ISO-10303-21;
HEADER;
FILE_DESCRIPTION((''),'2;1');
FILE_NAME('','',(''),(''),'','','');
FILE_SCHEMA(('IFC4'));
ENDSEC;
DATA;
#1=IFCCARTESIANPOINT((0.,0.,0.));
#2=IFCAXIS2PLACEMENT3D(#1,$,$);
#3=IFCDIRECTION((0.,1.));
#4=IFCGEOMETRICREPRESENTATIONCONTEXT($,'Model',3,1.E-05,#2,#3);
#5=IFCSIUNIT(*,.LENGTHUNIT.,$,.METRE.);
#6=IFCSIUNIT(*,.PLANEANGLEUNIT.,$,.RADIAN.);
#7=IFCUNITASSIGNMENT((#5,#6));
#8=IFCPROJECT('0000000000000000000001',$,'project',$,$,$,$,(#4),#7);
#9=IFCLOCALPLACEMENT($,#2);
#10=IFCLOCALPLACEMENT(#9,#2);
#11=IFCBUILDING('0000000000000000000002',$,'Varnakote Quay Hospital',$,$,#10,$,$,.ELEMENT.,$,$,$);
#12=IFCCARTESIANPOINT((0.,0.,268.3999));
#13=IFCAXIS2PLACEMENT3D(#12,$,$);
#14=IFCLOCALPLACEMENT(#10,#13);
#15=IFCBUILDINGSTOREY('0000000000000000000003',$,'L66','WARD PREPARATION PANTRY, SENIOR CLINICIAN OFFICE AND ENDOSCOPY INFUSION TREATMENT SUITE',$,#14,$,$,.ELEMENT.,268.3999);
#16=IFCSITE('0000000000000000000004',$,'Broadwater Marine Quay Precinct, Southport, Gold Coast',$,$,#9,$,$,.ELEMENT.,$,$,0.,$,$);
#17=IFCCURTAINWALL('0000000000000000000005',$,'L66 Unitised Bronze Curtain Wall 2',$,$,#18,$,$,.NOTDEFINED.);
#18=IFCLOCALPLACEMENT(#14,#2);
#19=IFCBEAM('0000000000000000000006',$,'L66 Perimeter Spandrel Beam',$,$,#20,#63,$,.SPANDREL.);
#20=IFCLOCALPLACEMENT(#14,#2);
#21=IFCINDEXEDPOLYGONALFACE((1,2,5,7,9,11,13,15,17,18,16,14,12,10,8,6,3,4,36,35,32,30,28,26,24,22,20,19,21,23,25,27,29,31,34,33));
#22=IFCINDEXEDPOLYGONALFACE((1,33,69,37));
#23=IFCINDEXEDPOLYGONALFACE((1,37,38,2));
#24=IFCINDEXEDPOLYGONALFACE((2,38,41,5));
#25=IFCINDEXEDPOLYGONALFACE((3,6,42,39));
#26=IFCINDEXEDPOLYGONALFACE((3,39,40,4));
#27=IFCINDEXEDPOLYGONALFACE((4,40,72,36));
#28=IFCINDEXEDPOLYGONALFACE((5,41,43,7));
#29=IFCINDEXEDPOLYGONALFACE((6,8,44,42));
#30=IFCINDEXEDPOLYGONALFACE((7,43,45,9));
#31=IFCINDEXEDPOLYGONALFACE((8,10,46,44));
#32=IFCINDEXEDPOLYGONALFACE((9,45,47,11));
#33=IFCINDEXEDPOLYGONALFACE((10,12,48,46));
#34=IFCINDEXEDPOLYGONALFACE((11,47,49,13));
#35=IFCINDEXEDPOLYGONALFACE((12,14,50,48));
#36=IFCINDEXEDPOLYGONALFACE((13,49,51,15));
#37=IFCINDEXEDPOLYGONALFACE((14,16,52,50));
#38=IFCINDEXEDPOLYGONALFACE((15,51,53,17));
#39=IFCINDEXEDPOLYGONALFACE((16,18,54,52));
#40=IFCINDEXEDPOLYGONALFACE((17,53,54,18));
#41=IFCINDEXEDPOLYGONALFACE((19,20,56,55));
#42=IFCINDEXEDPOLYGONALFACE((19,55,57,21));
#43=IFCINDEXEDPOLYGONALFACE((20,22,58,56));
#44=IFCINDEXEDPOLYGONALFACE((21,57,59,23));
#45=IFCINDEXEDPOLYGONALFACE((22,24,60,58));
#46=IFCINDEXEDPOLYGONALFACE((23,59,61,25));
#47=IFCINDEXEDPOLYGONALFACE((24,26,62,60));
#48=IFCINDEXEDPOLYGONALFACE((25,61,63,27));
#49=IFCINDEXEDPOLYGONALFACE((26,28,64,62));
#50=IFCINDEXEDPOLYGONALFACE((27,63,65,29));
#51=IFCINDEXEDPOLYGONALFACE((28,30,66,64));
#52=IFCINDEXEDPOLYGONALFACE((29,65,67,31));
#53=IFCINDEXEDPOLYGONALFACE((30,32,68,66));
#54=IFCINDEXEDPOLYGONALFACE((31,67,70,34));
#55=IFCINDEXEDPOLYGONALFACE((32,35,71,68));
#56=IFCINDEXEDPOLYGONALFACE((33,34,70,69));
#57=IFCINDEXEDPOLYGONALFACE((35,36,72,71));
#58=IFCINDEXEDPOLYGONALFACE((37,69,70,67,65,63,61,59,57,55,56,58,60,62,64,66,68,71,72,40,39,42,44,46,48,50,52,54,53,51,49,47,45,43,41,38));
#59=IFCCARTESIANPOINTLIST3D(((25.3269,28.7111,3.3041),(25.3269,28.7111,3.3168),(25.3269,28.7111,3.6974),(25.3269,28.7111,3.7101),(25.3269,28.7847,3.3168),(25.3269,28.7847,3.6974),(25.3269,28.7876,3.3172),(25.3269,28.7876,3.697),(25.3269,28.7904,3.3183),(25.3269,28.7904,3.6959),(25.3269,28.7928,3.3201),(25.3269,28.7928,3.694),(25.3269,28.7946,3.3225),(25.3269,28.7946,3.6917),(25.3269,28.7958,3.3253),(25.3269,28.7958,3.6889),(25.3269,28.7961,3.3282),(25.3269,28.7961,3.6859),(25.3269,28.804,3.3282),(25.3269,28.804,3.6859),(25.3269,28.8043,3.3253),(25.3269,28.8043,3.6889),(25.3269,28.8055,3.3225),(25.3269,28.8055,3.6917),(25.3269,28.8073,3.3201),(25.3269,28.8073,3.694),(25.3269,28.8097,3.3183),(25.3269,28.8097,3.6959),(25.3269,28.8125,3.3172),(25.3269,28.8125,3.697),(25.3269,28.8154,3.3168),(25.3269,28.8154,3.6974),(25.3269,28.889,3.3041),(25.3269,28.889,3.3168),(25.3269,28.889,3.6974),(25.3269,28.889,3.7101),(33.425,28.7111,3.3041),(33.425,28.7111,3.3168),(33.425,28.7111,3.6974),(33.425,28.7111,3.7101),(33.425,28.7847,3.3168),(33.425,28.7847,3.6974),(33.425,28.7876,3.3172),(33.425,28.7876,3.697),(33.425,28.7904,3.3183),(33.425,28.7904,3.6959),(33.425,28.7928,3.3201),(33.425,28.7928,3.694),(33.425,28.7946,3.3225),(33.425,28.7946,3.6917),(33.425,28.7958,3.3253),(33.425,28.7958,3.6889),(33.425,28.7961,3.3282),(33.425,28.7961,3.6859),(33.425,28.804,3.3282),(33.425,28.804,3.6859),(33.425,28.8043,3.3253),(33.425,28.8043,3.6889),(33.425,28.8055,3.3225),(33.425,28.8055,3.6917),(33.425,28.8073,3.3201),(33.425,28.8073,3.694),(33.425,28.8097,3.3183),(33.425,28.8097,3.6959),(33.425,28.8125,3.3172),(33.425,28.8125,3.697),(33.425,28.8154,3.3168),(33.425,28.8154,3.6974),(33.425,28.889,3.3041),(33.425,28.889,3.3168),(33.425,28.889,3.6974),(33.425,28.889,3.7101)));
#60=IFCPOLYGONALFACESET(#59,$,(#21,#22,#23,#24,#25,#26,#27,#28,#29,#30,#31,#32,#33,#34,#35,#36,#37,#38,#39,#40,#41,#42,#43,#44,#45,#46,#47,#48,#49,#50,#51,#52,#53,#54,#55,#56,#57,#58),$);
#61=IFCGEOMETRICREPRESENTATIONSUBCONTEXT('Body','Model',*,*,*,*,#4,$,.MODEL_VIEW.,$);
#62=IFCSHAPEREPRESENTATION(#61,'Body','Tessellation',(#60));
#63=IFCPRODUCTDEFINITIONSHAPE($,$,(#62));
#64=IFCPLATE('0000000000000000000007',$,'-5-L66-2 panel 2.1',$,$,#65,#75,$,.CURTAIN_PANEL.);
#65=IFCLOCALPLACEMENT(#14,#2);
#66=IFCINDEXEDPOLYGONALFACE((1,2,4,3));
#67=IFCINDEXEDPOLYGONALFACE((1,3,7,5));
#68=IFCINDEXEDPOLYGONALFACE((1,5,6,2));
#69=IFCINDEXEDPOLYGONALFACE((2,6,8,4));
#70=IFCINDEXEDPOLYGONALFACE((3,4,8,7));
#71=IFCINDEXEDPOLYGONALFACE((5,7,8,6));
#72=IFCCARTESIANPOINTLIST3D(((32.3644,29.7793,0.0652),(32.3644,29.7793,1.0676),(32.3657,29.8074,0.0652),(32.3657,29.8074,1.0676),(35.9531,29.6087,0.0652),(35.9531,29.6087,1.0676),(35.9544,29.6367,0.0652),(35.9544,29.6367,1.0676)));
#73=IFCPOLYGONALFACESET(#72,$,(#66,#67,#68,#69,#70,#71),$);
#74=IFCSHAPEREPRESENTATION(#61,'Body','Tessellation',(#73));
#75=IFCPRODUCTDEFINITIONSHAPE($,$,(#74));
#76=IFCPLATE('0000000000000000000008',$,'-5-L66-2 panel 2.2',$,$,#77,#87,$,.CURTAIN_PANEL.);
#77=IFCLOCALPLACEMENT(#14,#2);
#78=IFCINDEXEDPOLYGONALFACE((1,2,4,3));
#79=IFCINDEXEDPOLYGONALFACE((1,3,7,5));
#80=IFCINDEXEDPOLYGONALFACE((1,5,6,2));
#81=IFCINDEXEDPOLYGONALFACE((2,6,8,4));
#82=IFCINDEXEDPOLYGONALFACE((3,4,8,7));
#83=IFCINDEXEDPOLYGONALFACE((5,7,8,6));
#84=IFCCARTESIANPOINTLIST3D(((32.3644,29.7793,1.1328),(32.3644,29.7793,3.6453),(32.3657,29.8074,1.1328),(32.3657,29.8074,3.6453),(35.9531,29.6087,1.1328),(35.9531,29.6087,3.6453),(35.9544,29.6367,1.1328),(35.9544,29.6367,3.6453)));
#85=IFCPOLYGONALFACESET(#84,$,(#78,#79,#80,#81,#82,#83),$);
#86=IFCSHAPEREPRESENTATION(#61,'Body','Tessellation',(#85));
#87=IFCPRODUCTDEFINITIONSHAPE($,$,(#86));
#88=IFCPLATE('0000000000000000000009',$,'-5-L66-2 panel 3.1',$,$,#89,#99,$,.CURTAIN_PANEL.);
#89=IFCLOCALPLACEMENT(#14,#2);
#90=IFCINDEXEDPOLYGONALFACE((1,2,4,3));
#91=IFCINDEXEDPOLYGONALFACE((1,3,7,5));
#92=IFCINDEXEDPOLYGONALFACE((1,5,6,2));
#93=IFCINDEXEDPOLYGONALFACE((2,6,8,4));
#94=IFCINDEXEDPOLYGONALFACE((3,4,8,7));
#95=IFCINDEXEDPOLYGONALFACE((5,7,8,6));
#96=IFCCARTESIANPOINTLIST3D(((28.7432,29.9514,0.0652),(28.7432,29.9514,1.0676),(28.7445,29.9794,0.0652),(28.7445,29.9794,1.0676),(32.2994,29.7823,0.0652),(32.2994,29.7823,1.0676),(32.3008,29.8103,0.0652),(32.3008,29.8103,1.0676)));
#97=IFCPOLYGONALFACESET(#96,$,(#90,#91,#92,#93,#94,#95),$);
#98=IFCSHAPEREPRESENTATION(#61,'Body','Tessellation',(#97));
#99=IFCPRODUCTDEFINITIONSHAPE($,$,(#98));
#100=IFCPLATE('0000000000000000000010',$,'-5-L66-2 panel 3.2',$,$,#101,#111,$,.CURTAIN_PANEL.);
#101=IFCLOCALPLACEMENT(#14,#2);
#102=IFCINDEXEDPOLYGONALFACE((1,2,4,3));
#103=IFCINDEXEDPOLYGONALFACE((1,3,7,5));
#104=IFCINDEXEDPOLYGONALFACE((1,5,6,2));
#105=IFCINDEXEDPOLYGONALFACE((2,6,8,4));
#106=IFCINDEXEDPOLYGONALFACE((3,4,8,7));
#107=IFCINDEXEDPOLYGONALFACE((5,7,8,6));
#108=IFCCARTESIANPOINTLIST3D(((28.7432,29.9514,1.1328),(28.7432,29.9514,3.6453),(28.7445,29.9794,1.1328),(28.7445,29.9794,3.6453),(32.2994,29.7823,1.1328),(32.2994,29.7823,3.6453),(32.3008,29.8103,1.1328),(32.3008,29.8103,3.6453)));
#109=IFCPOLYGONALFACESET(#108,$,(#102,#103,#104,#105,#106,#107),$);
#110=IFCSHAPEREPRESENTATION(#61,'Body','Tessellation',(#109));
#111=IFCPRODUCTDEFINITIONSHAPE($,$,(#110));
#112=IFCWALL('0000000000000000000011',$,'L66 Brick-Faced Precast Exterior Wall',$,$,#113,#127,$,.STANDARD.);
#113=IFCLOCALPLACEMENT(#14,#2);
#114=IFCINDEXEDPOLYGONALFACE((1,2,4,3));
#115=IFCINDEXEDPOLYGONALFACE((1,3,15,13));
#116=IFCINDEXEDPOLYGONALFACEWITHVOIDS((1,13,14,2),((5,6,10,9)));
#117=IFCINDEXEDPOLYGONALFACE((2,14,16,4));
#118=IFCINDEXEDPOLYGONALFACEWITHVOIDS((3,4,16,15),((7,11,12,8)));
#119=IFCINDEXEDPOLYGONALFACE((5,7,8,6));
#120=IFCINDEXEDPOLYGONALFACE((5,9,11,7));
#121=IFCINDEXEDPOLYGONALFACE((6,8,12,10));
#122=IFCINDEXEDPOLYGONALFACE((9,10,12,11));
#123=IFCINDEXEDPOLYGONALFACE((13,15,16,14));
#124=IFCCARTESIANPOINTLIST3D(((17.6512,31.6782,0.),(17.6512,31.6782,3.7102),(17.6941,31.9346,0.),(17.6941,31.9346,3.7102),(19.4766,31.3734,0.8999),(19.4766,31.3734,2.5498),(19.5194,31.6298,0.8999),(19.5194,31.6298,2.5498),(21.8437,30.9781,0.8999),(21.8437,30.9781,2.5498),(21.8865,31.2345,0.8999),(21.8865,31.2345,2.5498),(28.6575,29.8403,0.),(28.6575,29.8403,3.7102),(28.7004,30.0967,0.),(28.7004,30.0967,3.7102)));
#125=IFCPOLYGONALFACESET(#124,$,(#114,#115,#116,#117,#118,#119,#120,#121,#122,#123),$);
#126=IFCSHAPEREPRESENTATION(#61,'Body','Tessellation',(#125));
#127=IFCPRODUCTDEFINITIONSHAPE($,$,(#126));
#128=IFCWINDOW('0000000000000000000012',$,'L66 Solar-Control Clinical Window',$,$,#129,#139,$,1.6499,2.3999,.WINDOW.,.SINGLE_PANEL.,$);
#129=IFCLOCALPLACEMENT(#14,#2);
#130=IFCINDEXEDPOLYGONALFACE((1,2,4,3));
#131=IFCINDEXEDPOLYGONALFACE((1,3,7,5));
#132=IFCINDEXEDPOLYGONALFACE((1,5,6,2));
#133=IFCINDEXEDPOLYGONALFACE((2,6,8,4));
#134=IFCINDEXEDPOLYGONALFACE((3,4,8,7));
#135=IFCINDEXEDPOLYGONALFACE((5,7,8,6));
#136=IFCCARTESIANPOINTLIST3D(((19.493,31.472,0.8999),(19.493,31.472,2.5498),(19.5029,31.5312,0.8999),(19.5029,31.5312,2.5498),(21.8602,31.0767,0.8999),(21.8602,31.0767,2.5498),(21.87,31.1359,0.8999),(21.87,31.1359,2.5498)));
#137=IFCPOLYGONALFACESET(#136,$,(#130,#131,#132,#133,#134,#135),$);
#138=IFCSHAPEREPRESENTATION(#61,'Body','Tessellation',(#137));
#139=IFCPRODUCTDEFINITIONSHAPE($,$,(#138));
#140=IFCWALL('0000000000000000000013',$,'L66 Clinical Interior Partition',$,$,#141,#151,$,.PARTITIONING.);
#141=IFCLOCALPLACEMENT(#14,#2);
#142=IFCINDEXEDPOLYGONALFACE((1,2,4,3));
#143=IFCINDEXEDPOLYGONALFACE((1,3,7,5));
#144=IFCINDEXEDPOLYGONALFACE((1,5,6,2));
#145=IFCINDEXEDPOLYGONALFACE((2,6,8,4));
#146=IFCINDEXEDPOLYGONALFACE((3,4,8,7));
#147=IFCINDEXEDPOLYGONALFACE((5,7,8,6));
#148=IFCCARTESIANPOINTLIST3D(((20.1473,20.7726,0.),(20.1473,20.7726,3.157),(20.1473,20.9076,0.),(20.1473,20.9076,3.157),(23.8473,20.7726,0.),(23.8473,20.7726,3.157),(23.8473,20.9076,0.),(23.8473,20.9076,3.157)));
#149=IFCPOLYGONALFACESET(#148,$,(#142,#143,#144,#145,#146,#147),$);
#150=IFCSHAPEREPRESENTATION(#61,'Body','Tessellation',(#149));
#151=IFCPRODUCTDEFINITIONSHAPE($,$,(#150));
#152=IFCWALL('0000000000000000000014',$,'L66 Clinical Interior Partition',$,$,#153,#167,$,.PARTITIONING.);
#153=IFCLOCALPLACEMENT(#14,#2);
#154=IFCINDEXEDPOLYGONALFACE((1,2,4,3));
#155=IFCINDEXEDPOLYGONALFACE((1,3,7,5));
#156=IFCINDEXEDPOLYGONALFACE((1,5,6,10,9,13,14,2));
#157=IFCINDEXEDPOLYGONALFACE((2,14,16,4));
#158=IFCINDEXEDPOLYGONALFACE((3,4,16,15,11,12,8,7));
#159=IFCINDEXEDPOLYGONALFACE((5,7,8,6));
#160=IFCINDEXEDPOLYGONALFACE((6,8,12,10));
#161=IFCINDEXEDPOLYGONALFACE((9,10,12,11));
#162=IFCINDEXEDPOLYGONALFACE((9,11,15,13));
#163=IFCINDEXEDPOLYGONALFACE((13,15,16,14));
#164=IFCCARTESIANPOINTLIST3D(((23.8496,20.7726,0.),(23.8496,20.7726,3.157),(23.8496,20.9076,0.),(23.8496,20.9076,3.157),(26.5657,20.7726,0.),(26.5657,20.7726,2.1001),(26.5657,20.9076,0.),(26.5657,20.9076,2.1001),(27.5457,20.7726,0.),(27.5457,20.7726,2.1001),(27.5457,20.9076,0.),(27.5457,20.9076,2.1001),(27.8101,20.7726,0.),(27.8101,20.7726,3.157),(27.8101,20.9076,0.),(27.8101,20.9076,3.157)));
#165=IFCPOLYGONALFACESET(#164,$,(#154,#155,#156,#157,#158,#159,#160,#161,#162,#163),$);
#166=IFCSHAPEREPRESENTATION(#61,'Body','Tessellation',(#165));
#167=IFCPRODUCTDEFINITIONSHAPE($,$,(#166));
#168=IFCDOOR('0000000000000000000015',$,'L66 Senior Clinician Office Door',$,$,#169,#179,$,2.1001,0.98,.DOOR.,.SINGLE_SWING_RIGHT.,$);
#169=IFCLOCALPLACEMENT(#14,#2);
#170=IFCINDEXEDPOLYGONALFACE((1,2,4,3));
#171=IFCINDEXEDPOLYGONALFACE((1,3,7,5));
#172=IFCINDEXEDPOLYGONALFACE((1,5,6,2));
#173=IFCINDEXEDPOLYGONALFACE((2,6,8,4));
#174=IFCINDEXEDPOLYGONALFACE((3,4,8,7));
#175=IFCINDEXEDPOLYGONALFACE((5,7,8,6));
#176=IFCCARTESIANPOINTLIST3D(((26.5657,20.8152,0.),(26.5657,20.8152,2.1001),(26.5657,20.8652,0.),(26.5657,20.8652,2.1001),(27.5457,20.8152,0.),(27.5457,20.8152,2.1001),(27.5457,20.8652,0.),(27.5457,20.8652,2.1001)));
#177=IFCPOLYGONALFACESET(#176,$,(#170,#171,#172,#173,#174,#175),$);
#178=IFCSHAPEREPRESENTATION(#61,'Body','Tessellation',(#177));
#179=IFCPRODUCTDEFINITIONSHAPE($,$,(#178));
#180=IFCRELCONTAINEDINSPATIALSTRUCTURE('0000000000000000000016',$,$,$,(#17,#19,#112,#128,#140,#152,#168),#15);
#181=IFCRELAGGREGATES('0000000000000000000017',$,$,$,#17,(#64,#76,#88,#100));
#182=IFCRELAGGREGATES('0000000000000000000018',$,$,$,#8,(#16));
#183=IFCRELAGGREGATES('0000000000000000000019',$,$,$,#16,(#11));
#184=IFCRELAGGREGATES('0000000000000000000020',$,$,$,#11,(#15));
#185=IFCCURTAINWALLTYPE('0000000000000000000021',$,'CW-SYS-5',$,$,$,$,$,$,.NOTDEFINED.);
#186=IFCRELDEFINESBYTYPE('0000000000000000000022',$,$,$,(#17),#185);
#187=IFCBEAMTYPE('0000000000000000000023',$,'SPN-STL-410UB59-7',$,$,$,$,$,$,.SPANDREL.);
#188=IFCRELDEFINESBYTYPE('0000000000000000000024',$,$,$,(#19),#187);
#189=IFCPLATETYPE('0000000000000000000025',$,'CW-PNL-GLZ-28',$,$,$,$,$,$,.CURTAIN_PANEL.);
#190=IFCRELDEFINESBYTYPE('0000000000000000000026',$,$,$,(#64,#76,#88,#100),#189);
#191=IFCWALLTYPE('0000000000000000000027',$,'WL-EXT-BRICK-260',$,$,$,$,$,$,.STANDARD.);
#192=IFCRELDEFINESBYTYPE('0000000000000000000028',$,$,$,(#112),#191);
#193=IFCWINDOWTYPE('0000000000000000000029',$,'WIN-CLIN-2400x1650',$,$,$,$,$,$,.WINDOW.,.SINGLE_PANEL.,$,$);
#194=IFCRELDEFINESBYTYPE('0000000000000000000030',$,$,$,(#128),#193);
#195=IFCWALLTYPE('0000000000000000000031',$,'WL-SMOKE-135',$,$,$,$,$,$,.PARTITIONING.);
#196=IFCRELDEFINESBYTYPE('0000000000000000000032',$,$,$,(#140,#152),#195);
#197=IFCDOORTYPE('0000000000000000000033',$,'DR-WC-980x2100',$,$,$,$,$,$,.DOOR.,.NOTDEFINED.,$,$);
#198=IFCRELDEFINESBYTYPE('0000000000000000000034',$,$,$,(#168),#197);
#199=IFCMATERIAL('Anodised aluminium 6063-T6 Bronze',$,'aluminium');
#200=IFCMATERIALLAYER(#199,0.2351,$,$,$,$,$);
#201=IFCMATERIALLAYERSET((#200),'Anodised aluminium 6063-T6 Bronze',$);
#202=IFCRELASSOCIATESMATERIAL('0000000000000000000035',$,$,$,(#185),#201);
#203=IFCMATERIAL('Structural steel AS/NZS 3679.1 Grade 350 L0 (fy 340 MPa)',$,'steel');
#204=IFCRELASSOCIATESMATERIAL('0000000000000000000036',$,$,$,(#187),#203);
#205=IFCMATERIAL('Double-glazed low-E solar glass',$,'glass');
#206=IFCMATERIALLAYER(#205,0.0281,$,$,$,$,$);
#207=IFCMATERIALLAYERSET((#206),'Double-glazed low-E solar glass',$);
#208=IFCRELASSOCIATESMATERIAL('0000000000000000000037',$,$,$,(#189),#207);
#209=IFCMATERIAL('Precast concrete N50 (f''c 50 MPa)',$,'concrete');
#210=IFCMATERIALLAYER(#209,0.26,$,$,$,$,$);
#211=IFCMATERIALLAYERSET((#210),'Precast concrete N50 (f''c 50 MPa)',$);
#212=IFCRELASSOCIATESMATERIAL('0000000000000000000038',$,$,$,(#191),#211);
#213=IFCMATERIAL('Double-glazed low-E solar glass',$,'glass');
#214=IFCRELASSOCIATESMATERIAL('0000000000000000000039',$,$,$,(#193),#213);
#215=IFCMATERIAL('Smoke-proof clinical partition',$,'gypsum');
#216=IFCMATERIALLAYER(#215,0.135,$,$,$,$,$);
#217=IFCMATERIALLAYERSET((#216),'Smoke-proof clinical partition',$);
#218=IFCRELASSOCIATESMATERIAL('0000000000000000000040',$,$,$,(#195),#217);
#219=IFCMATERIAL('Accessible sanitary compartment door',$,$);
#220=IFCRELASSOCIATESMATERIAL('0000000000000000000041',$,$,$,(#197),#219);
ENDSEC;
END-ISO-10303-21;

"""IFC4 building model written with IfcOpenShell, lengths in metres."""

from ifc_helpers import new_model, si_unit, direction, frame, frame_2d, origin, origin_2d, place, context, subcontext, project, spatial, rectangle, i_section, extrude, material, layer, layer_set, material_profile, profile_set, type_object, element, fill, aggregate, save


model = new_model("IFC4")

# Units and contexts
model_context = context("Model", 3, precision=1e-05, world=origin(), true_north=direction((0.0, 1.0)))
body_context = subcontext(model_context, "Body", "Model", "MODEL_VIEW")
ifc_project = project(units=[si_unit("LENGTHUNIT", "METRE"), si_unit("PLANEANGLEUNIT", "RADIAN")], contexts=[model_context])

# Site, building, storey
site_placement = place(None, origin())
site = spatial("IfcSite", under=ifc_project, at=site_placement, Name="Broadwater Marine Quay Precinct, Southport, Gold Coast", CompositionType="ELEMENT", RefElevation=0.0)
building_placement = place(site_placement, origin())
building = spatial("IfcBuilding", under=site, at=building_placement, Name="Varnakote Quay Hospital", CompositionType="ELEMENT")
storey_placement = place(building_placement, frame((0.0, 0.0, 268.3999)))
storey = spatial("IfcBuildingStorey", under=building, at=storey_placement, Name="L66", Description="WARD PREPARATION PANTRY, SENIOR CLINICIAN OFFICE AND ENDOSCOPY INFUSION TREATMENT SUITE", CompositionType="ELEMENT", Elevation=268.3999)

# Curtain wall
ifc_material_1 = material(Name="Anodised aluminium 6063-T6 Bronze", Category="aluminium")
ifc_layer_1 = layer(ifc_material_1, 0.2351)
ifc_layer_set_1 = layer_set([ifc_layer_1], Name="Anodised aluminium 6063-T6 Bronze")
curtain_wall_type = type_object("IfcCurtainWallType", Name="CW-SYS-5", PredefinedType="NOTDEFINED", material=ifc_layer_set_1)
curtain_wall_placement = place(storey_placement, origin())
curtain_wall = element("IfcCurtainWall", 1, at=curtain_wall_placement, inside=storey, type_object=curtain_wall_type, Name="L66 Unitised Bronze Curtain Wall 2", PredefinedType="NOTDEFINED")

# Beam
ifc_material_2 = material(Name="Structural steel AS/NZS 3679.1 Grade 350 L0 (fy 340 MPa)", Category="steel")
ifc_material_profile_1 = material_profile(ifc_material_2, i_section(OverallWidth=0.178, OverallDepth=0.406, WebThickness=0.0078, FlangeThickness=0.0127, FilletRadius=0.0115, at=origin_2d()), Name="410UB59.7")
ifc_profile_set_1 = profile_set([ifc_material_profile_1], Name="Structural steel AS/NZS 3679.1 Grade 350 L0 (fy 340 MPa)")
beam_type_1 = type_object("IfcBeamType", Name="SPN-STL-410UB59-7", PredefinedType="SPANDREL", material=ifc_profile_set_1)
beam_1_placement = place(storey_placement, frame((25.3269, 28.8, 3.5071), z_axis=(1.0, 0.0, 0.0), x_axis=(0.0, 1.0, 0.0)))
element("IfcBeam", 2, at=beam_1_placement, inside=storey, type_object=beam_type_1, Name="L66 Perimeter Spandrel Beam", PredefinedType="SPANDREL", context=body_context, shape_type="SweptSolid", body=[
    extrude(i_section(OverallWidth=0.178, OverallDepth=0.406, WebThickness=0.0078, FlangeThickness=0.0127, FilletRadius=0.0115, at=origin_2d()), origin(), (0.0, 0.0, 1.0), 8.0981),
])

# Plates
ifc_material_3 = material(Name="Double-glazed low-E solar glass", Category="glass")
ifc_layer_2 = layer(ifc_material_3, 0.0281)
ifc_layer_set_2 = layer_set([ifc_layer_2], Name="Double-glazed low-E solar glass")
plate_type = type_object("IfcPlateType", Name="CW-PNL-GLZ-28", PredefinedType="CURTAIN_PANEL", material=ifc_layer_set_2)
plate_1_placement = place(storey_placement, frame((34.1594, 29.708, 0.0652), z_axis=(0.0, 0.0, 1.0), x_axis=(-0.998871, 0.047497, 0.0)))
plate_1 = element("IfcPlate", 3, at=plate_1_placement, type_object=plate_type, Name="-5-L66-2 panel 2.1", PredefinedType="CURTAIN_PANEL", context=body_context, shape_type="SweptSolid", body=[
    extrude(rectangle(XDim=3.5928, YDim=0.0281, at=origin_2d()), origin(), (0.0, 0.0, 1.0), 1.0024),
])
plate_2_placement = place(storey_placement, frame((34.1594, 29.708, 1.1328), z_axis=(0.0, 0.0, 1.0), x_axis=(-0.998871, 0.047497, 0.0)))
plate_2 = element("IfcPlate", 4, at=plate_2_placement, type_object=plate_type, Name="-5-L66-2 panel 2.2", PredefinedType="CURTAIN_PANEL", context=body_context, shape_type="SweptSolid", body=[
    extrude(rectangle(XDim=3.5928, YDim=0.0281, at=origin_2d()), origin(), (0.0, 0.0, 1.0), 2.5125),
])
plate_3_placement = place(storey_placement, frame((30.522, 29.8809, 0.0652), z_axis=(0.0, 0.0, 1.0), x_axis=(-0.998871, 0.047497, 0.0)))
plate_3 = element("IfcPlate", 5, at=plate_3_placement, type_object=plate_type, Name="-5-L66-2 panel 3.1", PredefinedType="CURTAIN_PANEL", context=body_context, shape_type="SweptSolid", body=[
    extrude(rectangle(XDim=3.5603, YDim=0.0281, at=origin_2d()), origin(), (0.0, 0.0, 1.0), 1.0024),
])
plate_4_placement = place(storey_placement, frame((30.522, 29.8809, 1.1328), z_axis=(0.0, 0.0, 1.0), x_axis=(-0.998871, 0.047497, 0.0)))
plate_4 = element("IfcPlate", 6, at=plate_4_placement, type_object=plate_type, Name="-5-L66-2 panel 3.2", PredefinedType="CURTAIN_PANEL", context=body_context, shape_type="SweptSolid", body=[
    extrude(rectangle(XDim=3.5603, YDim=0.0281, at=origin_2d()), origin(), (0.0, 0.0, 1.0), 2.5125),
])
aggregate(curtain_wall, [plate_1, plate_2, plate_3, plate_4])

# Wall, opening, window
ifc_material_4 = material(Name="Precast concrete N50 (f'c 50 MPa)", Category="concrete")
ifc_layer_3 = layer(ifc_material_4, 0.26)
ifc_layer_set_3 = layer_set([ifc_layer_3], Name="Precast concrete N50 (f'c 50 MPa)")
wall_type_1 = type_object("IfcWallType", Name="WL-EXT-BRICK-260", PredefinedType="STANDARD", material=ifc_layer_set_3)
wall_1_placement = place(storey_placement, frame((28.679, 29.9685, 0.0), z_axis=(0.0, 0.0, 1.0), x_axis=(-0.986343, 0.164704, 0.0)))
wall_1 = element("IfcWall", 7, at=wall_1_placement, inside=storey, type_object=wall_type_1, Name="L66 Brick-Faced Precast Exterior Wall", PredefinedType="STANDARD", context=body_context, shape_type="SweptSolid", body=[
    extrude(rectangle(XDim=11.1587, YDim=0.26, at=frame_2d((5.5793, 0.0))), origin(), (0.0, 0.0, 1.0), 3.7102),
])
opening_1_placement = place(wall_1_placement, frame((6.9082, 0.0, 0.8999)))
opening_1 = element("IfcOpeningElement", 8, at=opening_1_placement, cuts=wall_1, PredefinedType="OPENING", context=body_context, shape_type="SweptSolid", body=[
    extrude(rectangle(XDim=2.3999, YDim=1.6499, at=frame_2d((1.2, 0.825))), frame((0.0, 0.1399, 0.0), z_axis=(0.0, -1.0, 0.0), x_axis=(1.0, 0.0, 0.0)), (0.0, 0.0, 1.0), 0.28),
])
ifc_material_5 = material(Name="Double-glazed low-E solar glass", Category="glass")
window_type = type_object("IfcWindowType", Name="WIN-CLIN-2400x1650", PartitioningType="SINGLE_PANEL", PredefinedType="WINDOW", material=ifc_material_5)
window_placement = place(opening_1_placement, origin())
window = element("IfcWindow", 9, at=window_placement, inside=storey, type_object=window_type, Name="L66 Solar-Control Clinical Window", OverallHeight=1.6499, OverallWidth=2.3999, PartitioningType="SINGLE_PANEL", PredefinedType="WINDOW", context=body_context, shape_type="SweptSolid", body=[
    extrude(rectangle(XDim=2.3999, YDim=1.6499, at=frame_2d((1.2, 0.825))), frame((0.0, 0.03, 0.0), z_axis=(0.0, -1.0, 0.0), x_axis=(1.0, 0.0, 0.0)), (0.0, 0.0, 1.0), 0.0601),
])
fill(opening_1, window)

# Wall
ifc_material_6 = material(Name="Smoke-proof clinical partition", Category="gypsum")
ifc_layer_4 = layer(ifc_material_6, 0.135)
ifc_layer_set_4 = layer_set([ifc_layer_4], Name="Smoke-proof clinical partition")
wall_type_2 = type_object("IfcWallType", Name="WL-SMOKE-135", PredefinedType="PARTITIONING", material=ifc_layer_set_4)
wall_2_placement = place(storey_placement, frame((23.8474, 20.8401, 0.0), z_axis=(0.0, 0.0, 1.0), x_axis=(-1.0, 0.0, 0.0)))
element("IfcWall", 10, at=wall_2_placement, inside=storey, type_object=wall_type_2, Name="L66 Clinical Interior Partition", PredefinedType="PARTITIONING", context=body_context, shape_type="SweptSolid", body=[
    extrude(rectangle(XDim=3.7, YDim=0.135, at=frame_2d((1.8501, 0.0))), origin(), (0.0, 0.0, 1.0), 3.157),
])

# Wall, opening, door
wall_3_placement = place(storey_placement, frame((27.8101, 20.8401, 0.0), z_axis=(0.0, 0.0, 1.0), x_axis=(-1.0, 0.0, 0.0)))
wall_3 = element("IfcWall", 11, at=wall_3_placement, inside=storey, type_object=wall_type_2, Name="L66 Clinical Interior Partition", PredefinedType="PARTITIONING", context=body_context, shape_type="SweptSolid", body=[
    extrude(rectangle(XDim=3.9604, YDim=0.135, at=frame_2d((1.9802, 0.0))), origin(), (0.0, 0.0, 1.0), 3.157),
])
opening_2_placement = place(wall_3_placement, frame((0.2644, 0.0, 0.0)))
opening_2 = element("IfcOpeningElement", 12, at=opening_2_placement, cuts=wall_3, PredefinedType="OPENING", context=body_context, shape_type="SweptSolid", body=[
    extrude(rectangle(XDim=0.98, YDim=2.1001, at=frame_2d((0.49, 1.05))), frame((0.0, 0.0774, 0.0), z_axis=(0.0, -1.0, 0.0), x_axis=(1.0, 0.0, 0.0)), (0.0, 0.0, 1.0), 0.155),
])
ifc_material_7 = material(Name="Accessible sanitary compartment door")
door_type_1 = type_object("IfcDoorType", Name="DR-WC-980x2100", OperationType="NOTDEFINED", PredefinedType="DOOR", material=ifc_material_7)
door_1_placement = place(opening_2_placement, origin())
door_1 = element("IfcDoor", 13, at=door_1_placement, inside=storey, type_object=door_type_1, Name="L66 Senior Clinician Office Door", OperationType="SINGLE_SWING_RIGHT", OverallHeight=2.1001, OverallWidth=0.98, PredefinedType="DOOR", context=body_context, shape_type="SweptSolid", body=[
    extrude(rectangle(XDim=0.98, YDim=2.1001, at=frame_2d((0.49, 1.05))), frame((0.0, 0.0249, 0.0), z_axis=(0.0, -1.0, 0.0), x_axis=(1.0, 0.0, 0.0)), (0.0, 0.0, 1.0), 0.05),
])
fill(opening_2, door_1)

save(model, "model.ifc")
